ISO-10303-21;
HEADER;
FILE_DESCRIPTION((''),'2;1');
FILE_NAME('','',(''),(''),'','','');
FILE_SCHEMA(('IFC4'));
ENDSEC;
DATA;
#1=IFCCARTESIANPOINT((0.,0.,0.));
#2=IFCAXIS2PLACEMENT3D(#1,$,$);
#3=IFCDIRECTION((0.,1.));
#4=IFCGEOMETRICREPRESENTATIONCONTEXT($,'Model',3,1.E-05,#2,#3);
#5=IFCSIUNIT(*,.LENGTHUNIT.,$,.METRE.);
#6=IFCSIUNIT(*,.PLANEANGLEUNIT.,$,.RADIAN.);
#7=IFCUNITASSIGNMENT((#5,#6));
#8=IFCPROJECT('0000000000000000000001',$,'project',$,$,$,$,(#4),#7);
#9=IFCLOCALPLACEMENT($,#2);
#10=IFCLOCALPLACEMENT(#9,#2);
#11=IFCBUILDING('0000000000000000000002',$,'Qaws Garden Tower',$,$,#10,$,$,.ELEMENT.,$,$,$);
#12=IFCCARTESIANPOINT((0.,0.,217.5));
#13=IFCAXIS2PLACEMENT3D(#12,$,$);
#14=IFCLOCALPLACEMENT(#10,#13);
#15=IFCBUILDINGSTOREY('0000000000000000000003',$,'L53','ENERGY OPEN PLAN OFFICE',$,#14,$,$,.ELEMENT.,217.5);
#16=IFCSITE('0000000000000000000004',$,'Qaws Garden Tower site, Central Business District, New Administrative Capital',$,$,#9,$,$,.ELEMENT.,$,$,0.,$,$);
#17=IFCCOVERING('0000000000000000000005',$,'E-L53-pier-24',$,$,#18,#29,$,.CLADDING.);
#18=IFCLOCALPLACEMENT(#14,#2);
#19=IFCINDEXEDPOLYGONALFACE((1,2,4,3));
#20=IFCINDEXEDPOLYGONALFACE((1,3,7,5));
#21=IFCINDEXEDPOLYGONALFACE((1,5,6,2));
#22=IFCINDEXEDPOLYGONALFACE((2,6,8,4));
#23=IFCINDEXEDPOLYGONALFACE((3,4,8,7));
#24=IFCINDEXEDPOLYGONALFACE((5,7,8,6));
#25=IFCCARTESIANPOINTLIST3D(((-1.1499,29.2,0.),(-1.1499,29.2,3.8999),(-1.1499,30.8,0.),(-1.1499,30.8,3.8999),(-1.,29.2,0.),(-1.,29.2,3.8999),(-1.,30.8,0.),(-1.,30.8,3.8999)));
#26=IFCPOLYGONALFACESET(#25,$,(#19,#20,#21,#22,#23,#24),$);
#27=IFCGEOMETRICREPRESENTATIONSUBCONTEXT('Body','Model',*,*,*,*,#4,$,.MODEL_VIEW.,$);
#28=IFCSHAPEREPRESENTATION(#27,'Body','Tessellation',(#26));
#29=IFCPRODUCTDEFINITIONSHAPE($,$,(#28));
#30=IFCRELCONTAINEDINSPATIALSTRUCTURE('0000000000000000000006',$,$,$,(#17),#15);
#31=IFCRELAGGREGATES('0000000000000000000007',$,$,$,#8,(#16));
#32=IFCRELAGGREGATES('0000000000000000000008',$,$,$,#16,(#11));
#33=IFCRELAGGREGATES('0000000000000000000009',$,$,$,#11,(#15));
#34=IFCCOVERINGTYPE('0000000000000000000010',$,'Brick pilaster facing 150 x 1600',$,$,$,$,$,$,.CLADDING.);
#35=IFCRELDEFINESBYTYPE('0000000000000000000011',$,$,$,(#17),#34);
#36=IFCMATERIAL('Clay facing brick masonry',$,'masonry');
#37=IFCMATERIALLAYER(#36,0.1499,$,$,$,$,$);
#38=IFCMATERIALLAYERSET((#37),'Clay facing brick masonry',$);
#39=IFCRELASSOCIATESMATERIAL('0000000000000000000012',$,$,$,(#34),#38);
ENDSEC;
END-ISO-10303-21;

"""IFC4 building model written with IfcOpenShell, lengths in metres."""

from ifc_helpers import new_model, si_unit, direction, frame, origin, place, context, subcontext, project, spatial, polyline, outline, extrude, material, layer, layer_set, type_object, element, save


model = new_model("IFC4")

# Units and contexts
model_context = context("Model", 3, precision=1e-05, world=origin(), true_north=direction((0.0, 1.0)))
body_context = subcontext(model_context, "Body", "Model", "MODEL_VIEW")
ifc_project = project(units=[si_unit("LENGTHUNIT", "METRE"), si_unit("PLANEANGLEUNIT", "RADIAN")], contexts=[model_context])

# Site, building, storey
site_placement = place(None, origin())
site = spatial("IfcSite", under=ifc_project, at=site_placement, Name="Qaws Garden Tower site, Central Business District, New Administrative Capital", CompositionType="ELEMENT", RefElevation=0.0)
building_placement = place(site_placement, origin())
building = spatial("IfcBuilding", under=site, at=building_placement, Name="Qaws Garden Tower", CompositionType="ELEMENT")
storey_placement = place(building_placement, frame((0.0, 0.0, 217.5)))
storey = spatial("IfcBuildingStorey", under=building, at=storey_placement, Name="L53", Description="ENERGY OPEN PLAN OFFICE", CompositionType="ELEMENT", Elevation=217.5)

# Shared definitions
placement = place(storey_placement, origin())

# Covering
ifc_material_1 = material(Name="Clay facing brick masonry", Category="masonry")
ifc_layer_1 = layer(ifc_material_1, 0.1499)
ifc_layer_set_1 = layer_set([ifc_layer_1], Name="Clay facing brick masonry")
covering_type = type_object("IfcCoveringType", Name="Brick pilaster facing 150 x 1600", PredefinedType="CLADDING", material=ifc_layer_set_1)
element("IfcCovering", 1, at=placement, inside=storey, type_object=covering_type, Name="E-L53-pier-24", PredefinedType="CLADDING", context=body_context, shape_type="SweptSolid", body=[
    extrude(outline(polyline([(-1.0, 30.8), (-1.0, 29.2), (-1.1499, 29.2), (-1.1499, 30.8), (-1.0, 30.8)])), origin(), (0.0, 0.0, 1.0), 3.8999),
])

save(model, "model.ifc")
